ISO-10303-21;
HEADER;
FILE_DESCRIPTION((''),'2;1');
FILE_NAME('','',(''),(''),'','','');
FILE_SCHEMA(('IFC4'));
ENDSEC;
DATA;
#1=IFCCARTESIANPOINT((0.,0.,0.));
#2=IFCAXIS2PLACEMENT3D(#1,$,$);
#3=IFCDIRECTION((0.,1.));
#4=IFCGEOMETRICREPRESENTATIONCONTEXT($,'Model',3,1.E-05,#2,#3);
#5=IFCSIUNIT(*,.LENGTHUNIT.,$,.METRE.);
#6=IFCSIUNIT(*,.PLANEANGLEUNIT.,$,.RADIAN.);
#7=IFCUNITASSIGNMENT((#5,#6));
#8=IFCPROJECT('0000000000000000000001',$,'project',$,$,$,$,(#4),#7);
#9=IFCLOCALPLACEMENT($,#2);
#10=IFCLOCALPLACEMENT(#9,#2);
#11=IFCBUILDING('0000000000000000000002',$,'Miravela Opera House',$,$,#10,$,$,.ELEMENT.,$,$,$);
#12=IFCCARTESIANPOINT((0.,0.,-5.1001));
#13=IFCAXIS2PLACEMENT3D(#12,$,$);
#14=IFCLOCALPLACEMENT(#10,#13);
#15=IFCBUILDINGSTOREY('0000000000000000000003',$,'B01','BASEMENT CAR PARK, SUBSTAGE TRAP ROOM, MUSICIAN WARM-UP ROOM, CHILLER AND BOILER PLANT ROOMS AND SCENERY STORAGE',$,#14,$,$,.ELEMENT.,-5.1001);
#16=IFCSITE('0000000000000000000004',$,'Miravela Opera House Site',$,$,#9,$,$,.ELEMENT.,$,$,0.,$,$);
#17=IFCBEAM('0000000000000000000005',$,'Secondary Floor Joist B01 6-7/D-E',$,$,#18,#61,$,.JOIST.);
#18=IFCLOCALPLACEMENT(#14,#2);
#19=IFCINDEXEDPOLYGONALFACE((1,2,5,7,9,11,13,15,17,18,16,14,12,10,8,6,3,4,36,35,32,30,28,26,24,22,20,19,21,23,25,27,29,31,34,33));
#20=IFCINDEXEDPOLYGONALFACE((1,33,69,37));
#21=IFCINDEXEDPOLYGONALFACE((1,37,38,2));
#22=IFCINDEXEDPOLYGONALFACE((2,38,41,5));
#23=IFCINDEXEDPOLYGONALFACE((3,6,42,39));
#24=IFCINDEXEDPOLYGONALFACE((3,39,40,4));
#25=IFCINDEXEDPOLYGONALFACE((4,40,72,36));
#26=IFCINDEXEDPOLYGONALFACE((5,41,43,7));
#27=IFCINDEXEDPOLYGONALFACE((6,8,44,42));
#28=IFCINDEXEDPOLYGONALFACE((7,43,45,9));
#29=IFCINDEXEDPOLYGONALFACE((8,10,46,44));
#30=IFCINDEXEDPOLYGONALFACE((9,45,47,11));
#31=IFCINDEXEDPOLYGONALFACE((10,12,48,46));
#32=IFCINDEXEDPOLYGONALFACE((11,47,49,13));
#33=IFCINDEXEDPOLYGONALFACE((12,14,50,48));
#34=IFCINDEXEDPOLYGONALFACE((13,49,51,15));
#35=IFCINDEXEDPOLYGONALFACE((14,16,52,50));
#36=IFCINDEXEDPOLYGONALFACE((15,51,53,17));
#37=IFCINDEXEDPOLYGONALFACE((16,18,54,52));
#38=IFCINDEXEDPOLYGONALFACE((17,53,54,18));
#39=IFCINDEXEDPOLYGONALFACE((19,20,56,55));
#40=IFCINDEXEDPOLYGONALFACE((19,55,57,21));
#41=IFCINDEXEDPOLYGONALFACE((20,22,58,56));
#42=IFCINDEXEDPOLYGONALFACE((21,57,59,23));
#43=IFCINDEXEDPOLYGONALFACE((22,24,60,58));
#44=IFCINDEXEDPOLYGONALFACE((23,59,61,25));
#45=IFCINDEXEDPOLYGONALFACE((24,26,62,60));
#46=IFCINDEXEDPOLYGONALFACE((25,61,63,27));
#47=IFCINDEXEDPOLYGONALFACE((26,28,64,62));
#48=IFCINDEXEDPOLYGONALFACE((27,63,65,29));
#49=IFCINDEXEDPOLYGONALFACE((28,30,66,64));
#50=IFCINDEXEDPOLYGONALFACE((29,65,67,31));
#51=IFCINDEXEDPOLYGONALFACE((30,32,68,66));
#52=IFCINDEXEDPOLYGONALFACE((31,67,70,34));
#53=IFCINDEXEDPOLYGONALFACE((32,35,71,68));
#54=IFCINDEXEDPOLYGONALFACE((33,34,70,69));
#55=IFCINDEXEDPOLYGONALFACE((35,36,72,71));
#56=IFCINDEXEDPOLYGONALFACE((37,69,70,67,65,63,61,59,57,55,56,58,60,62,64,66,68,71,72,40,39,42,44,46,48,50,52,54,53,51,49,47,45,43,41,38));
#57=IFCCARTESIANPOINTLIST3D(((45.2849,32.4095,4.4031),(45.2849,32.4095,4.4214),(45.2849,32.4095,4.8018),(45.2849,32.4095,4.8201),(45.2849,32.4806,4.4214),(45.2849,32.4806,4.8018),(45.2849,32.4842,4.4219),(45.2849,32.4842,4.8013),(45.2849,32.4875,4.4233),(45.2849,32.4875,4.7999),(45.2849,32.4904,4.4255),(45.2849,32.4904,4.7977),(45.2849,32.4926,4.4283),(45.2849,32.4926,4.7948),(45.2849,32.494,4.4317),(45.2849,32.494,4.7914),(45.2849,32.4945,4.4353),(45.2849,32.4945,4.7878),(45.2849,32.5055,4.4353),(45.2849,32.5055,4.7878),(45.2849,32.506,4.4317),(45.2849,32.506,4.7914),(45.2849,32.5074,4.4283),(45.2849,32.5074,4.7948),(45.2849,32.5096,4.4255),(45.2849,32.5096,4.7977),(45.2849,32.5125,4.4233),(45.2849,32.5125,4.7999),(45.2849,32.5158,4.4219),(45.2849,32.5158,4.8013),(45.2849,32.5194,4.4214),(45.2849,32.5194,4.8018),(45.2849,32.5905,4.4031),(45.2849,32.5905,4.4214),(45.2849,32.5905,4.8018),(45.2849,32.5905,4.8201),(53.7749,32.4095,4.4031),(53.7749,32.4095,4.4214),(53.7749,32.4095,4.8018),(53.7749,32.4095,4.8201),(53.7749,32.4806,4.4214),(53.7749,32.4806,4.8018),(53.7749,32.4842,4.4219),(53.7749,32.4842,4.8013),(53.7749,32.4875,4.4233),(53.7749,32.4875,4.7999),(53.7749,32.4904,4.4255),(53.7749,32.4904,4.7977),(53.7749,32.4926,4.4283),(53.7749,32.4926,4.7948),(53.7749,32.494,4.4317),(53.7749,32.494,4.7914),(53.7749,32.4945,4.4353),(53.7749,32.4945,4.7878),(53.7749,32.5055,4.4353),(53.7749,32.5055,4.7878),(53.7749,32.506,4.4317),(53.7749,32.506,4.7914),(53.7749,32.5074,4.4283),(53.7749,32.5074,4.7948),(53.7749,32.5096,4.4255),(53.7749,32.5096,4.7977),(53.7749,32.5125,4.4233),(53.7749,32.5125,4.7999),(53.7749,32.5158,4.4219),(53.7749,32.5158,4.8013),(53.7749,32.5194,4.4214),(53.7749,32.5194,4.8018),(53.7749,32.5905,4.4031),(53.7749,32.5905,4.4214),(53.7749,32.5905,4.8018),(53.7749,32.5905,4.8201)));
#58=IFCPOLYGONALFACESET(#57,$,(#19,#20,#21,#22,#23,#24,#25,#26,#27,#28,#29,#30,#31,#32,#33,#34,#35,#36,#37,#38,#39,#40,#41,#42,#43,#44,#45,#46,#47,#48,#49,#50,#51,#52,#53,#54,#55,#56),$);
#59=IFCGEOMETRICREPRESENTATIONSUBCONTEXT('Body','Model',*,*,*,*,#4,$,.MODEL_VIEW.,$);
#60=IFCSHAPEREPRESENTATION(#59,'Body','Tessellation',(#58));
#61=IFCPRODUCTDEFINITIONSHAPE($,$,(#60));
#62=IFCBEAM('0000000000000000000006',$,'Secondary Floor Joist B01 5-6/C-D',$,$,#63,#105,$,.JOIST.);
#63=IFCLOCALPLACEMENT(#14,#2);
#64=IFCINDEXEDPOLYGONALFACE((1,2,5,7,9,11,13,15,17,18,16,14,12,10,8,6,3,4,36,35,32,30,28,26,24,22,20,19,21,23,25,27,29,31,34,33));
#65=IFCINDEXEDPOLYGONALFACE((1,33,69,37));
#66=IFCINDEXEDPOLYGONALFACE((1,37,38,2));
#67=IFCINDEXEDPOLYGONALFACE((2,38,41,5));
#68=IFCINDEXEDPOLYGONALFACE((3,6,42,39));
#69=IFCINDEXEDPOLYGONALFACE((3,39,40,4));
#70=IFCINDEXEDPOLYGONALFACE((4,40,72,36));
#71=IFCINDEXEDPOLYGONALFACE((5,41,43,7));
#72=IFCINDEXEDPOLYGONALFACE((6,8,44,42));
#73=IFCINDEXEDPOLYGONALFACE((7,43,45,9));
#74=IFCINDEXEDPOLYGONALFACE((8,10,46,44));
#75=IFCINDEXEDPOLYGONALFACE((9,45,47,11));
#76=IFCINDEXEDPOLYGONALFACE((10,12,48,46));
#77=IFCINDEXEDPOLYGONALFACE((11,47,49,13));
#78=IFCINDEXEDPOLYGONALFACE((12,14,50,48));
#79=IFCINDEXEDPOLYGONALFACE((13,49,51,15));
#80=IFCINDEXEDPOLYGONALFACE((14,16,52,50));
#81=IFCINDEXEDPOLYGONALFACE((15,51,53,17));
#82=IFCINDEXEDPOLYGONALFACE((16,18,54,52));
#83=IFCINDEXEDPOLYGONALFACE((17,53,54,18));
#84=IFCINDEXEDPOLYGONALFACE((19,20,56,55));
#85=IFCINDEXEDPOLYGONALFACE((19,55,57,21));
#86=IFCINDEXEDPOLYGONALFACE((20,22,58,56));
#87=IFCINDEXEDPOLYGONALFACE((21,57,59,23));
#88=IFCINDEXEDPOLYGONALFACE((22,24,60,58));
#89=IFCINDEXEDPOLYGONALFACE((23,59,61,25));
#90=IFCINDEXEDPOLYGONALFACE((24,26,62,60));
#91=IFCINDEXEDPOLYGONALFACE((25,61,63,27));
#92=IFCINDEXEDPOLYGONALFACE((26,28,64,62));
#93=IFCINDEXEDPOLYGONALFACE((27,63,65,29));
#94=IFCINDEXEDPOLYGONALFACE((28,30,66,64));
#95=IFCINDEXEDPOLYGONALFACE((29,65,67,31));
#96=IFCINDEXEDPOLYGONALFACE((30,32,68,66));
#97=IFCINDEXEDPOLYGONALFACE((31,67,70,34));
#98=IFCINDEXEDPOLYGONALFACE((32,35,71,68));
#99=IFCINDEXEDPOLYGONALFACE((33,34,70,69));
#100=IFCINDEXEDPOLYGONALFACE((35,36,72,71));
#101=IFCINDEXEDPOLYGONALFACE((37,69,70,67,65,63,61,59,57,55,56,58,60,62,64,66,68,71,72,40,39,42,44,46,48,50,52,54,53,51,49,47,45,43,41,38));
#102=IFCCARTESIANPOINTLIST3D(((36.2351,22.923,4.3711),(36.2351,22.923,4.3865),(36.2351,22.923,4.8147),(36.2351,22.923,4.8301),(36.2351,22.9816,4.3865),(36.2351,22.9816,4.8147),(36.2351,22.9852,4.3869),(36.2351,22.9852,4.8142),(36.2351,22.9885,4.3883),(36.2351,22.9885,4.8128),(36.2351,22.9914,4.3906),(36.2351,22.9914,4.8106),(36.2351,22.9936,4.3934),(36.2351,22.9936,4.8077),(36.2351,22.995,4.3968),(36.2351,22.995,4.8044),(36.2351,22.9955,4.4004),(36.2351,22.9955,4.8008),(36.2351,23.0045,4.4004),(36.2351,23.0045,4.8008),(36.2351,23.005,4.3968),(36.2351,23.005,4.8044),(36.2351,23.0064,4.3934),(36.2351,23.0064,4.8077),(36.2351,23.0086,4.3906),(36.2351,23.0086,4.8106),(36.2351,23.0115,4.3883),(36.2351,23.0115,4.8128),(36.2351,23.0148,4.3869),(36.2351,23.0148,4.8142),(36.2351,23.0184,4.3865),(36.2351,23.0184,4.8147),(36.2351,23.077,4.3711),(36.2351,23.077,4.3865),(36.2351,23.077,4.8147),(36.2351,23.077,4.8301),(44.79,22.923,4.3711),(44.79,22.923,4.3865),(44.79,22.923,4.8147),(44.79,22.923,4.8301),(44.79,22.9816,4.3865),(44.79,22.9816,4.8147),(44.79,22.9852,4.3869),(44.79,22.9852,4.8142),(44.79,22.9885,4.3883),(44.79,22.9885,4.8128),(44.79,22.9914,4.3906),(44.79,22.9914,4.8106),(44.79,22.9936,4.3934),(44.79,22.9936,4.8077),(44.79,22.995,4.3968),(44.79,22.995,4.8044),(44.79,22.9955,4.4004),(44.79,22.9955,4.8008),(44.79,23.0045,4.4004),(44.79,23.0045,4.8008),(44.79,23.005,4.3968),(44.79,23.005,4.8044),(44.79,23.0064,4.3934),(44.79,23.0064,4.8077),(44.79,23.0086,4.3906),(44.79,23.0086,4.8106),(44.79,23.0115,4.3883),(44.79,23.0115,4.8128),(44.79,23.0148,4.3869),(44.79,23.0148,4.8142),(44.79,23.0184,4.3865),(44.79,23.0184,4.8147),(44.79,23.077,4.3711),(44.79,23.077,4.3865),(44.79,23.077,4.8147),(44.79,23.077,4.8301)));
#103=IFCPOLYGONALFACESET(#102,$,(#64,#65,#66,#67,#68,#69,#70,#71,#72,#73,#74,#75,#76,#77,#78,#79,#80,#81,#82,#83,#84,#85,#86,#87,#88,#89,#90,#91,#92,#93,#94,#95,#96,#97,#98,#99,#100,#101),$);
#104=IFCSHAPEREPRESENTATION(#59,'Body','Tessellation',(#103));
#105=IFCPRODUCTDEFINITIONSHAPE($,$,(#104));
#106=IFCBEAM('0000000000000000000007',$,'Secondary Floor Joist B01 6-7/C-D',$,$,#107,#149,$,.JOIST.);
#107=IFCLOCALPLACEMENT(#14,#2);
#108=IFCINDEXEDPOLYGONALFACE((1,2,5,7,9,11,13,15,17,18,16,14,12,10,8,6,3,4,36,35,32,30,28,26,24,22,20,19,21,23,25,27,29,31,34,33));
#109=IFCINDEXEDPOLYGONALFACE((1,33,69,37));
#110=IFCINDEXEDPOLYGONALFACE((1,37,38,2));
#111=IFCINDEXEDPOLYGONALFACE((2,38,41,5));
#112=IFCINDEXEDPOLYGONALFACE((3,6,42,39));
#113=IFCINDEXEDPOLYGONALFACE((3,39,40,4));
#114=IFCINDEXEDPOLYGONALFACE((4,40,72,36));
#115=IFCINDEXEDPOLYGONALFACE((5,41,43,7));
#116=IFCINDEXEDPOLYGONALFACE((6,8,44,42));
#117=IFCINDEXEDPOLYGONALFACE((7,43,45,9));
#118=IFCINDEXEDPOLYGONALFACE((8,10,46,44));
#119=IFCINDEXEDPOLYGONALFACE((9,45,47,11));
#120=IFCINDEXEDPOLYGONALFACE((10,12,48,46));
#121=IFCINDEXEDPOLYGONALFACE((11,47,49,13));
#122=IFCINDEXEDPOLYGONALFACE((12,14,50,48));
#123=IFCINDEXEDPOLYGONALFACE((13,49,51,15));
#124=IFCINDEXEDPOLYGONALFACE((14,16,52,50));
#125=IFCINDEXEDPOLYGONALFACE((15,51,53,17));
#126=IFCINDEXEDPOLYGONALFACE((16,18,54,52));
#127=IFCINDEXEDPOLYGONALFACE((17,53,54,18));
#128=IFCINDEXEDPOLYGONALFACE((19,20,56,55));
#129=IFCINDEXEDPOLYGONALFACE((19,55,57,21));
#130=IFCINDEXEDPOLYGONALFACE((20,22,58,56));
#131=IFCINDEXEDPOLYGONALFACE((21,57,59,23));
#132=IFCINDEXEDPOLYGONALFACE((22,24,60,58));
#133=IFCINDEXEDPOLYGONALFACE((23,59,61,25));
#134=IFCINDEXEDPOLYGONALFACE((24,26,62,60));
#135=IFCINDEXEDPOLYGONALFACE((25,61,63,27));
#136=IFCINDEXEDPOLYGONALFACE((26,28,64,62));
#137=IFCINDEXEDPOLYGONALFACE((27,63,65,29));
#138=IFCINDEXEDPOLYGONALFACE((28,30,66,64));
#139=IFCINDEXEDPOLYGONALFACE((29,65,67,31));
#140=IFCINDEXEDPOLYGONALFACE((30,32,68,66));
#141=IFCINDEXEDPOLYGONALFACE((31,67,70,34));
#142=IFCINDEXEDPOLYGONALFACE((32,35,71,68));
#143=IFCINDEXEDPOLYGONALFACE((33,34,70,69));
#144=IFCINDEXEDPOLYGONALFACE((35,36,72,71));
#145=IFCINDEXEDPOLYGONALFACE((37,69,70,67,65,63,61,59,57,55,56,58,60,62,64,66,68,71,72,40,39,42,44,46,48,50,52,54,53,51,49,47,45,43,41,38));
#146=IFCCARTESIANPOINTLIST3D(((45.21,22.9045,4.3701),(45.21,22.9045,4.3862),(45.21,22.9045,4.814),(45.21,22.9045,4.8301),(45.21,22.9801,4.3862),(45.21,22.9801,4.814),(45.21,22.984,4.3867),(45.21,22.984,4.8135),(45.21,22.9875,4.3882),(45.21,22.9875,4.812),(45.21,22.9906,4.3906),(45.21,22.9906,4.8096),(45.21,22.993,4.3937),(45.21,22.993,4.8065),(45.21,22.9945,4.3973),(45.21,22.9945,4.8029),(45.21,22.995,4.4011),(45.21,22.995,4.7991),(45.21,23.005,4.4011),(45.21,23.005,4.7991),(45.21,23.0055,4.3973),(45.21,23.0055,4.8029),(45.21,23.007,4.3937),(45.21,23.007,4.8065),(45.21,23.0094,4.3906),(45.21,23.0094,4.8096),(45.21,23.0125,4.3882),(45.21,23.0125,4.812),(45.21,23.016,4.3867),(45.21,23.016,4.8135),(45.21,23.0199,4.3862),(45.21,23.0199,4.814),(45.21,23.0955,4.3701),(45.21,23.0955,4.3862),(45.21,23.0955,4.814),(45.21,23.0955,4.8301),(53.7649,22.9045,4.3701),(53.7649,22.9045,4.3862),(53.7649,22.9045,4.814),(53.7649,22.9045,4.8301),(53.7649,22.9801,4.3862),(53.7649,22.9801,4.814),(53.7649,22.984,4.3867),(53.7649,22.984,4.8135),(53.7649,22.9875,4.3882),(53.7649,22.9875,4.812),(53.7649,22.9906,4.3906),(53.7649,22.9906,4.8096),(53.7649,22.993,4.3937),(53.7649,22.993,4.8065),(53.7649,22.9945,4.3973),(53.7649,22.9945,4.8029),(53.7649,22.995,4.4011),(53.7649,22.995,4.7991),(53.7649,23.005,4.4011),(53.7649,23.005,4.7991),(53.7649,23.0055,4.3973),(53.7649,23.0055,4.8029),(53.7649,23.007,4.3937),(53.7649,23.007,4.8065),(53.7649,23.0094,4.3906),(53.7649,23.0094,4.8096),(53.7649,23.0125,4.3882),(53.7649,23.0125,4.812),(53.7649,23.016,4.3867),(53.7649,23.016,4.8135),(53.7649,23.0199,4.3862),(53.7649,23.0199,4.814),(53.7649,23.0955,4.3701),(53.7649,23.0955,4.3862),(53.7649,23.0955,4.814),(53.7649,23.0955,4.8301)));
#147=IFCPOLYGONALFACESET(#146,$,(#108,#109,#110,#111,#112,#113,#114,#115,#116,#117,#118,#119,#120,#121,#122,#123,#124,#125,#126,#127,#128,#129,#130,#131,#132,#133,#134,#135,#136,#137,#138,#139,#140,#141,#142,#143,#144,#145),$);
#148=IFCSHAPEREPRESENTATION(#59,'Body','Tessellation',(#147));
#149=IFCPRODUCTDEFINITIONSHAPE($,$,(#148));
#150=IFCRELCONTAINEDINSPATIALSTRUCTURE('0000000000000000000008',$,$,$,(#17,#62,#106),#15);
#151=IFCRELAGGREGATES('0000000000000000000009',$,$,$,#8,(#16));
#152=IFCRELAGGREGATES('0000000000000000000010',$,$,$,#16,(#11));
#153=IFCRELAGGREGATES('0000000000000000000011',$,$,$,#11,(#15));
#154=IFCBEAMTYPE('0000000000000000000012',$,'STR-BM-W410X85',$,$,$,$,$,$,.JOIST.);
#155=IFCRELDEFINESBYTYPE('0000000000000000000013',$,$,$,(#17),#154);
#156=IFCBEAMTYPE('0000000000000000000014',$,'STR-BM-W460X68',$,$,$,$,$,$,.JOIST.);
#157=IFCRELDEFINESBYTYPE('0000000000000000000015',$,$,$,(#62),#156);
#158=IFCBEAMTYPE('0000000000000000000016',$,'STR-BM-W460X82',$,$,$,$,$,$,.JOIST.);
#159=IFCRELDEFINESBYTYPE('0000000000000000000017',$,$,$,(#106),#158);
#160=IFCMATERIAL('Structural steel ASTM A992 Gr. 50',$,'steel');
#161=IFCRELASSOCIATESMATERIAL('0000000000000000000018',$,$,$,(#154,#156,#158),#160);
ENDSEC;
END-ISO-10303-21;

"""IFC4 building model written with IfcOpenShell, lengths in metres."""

from ifc_helpers import new_model, si_unit, direction, frame, origin, origin_2d, place, context, subcontext, project, spatial, i_section, extrude, material, material_profile, profile_set, type_object, element, save


model = new_model("IFC4")

# Units and contexts
model_context = context("Model", 3, precision=1e-05, world=origin(), true_north=direction((0.0, 1.0)))
body_context = subcontext(model_context, "Body", "Model", "MODEL_VIEW")
ifc_project = project(units=[si_unit("LENGTHUNIT", "METRE"), si_unit("PLANEANGLEUNIT", "RADIAN")], contexts=[model_context])

# Site, building, storey
site_placement = place(None, origin())
site = spatial("IfcSite", under=ifc_project, at=site_placement, Name="Miravela Opera House Site", CompositionType="ELEMENT", RefElevation=0.0)
building_placement = place(site_placement, origin())
building = spatial("IfcBuilding", under=site, at=building_placement, Name="Miravela Opera House", CompositionType="ELEMENT")
storey_placement = place(building_placement, frame((0.0, 0.0, -5.1001)))
storey = spatial("IfcBuildingStorey", under=building, at=storey_placement, Name="B01", Description="BASEMENT CAR PARK, SUBSTAGE TRAP ROOM, MUSICIAN WARM-UP ROOM, CHILLER AND BOILER PLANT ROOMS AND SCENERY STORAGE", CompositionType="ELEMENT", Elevation=-5.1001)

# Beams
ifc_material_1 = material(Name="Structural steel ASTM A992 Gr. 50", Category="steel")
ifc_material_profile_1 = material_profile(ifc_material_1, i_section(OverallWidth=0.1809, OverallDepth=0.417, WebThickness=0.011, FlangeThickness=0.0183, FilletRadius=0.0139, at=origin_2d()), Name="W410X85")
ifc_profile_set_1 = profile_set([ifc_material_profile_1])
beam_type_1 = type_object("IfcBeamType", Name="STR-BM-W410X85", PredefinedType="JOIST", material=ifc_profile_set_1)
beam_1_placement = place(storey_placement, frame((45.2849, 32.5, 4.6116), z_axis=(1.0, 0.0, 0.0), x_axis=(0.0, 1.0, 0.0)))
element("IfcBeam", 1, at=beam_1_placement, inside=storey, type_object=beam_type_1, Name="Secondary Floor Joist B01 6-7/D-E", PredefinedType="JOIST", context=body_context, shape_type="SweptSolid", body=[
    extrude(i_section(OverallWidth=0.1809, OverallDepth=0.417, WebThickness=0.011, FlangeThickness=0.0183, FilletRadius=0.0139, at=origin_2d()), origin(), (0.0, 0.0, 1.0), 8.49),
])
ifc_material_profile_2 = material_profile(ifc_material_1, i_section(OverallWidth=0.1541, OverallDepth=0.459, WebThickness=0.009, FlangeThickness=0.0154, FilletRadius=0.0139, at=origin_2d()), Name="W460X68")
ifc_profile_set_2 = profile_set([ifc_material_profile_2])
beam_type_2 = type_object("IfcBeamType", Name="STR-BM-W460X68", PredefinedType="JOIST", material=ifc_profile_set_2)
beam_2_placement = place(storey_placement, frame((36.2351, 23.0, 4.6006), z_axis=(1.0, 0.0, 0.0), x_axis=(0.0, 1.0, 0.0)))
element("IfcBeam", 2, at=beam_2_placement, inside=storey, type_object=beam_type_2, Name="Secondary Floor Joist B01 5-6/C-D", PredefinedType="JOIST", context=body_context, shape_type="SweptSolid", body=[
    extrude(i_section(OverallWidth=0.1541, OverallDepth=0.459, WebThickness=0.009, FlangeThickness=0.0154, FilletRadius=0.0139, at=origin_2d()), origin(), (0.0, 0.0, 1.0), 8.5549),
])
ifc_material_profile_3 = material_profile(ifc_material_1, i_section(OverallWidth=0.1909, OverallDepth=0.46, WebThickness=0.01, FlangeThickness=0.0161, FilletRadius=0.0149, at=origin_2d()), Name="W460X82")
ifc_profile_set_3 = profile_set([ifc_material_profile_3])
beam_type_3 = type_object("IfcBeamType", Name="STR-BM-W460X82", PredefinedType="JOIST", material=ifc_profile_set_3)
beam_3_placement = place(storey_placement, frame((45.21, 23.0, 4.6001), z_axis=(1.0, 0.0, 0.0), x_axis=(0.0, 1.0, 0.0)))
element("IfcBeam", 3, at=beam_3_placement, inside=storey, type_object=beam_type_3, Name="Secondary Floor Joist B01 6-7/C-D", PredefinedType="JOIST", context=body_context, shape_type="SweptSolid", body=[
    extrude(i_section(OverallWidth=0.1909, OverallDepth=0.46, WebThickness=0.01, FlangeThickness=0.0161, FilletRadius=0.0149, at=origin_2d()), origin(), (0.0, 0.0, 1.0), 8.5549),
])

save(model, "model.ifc")
